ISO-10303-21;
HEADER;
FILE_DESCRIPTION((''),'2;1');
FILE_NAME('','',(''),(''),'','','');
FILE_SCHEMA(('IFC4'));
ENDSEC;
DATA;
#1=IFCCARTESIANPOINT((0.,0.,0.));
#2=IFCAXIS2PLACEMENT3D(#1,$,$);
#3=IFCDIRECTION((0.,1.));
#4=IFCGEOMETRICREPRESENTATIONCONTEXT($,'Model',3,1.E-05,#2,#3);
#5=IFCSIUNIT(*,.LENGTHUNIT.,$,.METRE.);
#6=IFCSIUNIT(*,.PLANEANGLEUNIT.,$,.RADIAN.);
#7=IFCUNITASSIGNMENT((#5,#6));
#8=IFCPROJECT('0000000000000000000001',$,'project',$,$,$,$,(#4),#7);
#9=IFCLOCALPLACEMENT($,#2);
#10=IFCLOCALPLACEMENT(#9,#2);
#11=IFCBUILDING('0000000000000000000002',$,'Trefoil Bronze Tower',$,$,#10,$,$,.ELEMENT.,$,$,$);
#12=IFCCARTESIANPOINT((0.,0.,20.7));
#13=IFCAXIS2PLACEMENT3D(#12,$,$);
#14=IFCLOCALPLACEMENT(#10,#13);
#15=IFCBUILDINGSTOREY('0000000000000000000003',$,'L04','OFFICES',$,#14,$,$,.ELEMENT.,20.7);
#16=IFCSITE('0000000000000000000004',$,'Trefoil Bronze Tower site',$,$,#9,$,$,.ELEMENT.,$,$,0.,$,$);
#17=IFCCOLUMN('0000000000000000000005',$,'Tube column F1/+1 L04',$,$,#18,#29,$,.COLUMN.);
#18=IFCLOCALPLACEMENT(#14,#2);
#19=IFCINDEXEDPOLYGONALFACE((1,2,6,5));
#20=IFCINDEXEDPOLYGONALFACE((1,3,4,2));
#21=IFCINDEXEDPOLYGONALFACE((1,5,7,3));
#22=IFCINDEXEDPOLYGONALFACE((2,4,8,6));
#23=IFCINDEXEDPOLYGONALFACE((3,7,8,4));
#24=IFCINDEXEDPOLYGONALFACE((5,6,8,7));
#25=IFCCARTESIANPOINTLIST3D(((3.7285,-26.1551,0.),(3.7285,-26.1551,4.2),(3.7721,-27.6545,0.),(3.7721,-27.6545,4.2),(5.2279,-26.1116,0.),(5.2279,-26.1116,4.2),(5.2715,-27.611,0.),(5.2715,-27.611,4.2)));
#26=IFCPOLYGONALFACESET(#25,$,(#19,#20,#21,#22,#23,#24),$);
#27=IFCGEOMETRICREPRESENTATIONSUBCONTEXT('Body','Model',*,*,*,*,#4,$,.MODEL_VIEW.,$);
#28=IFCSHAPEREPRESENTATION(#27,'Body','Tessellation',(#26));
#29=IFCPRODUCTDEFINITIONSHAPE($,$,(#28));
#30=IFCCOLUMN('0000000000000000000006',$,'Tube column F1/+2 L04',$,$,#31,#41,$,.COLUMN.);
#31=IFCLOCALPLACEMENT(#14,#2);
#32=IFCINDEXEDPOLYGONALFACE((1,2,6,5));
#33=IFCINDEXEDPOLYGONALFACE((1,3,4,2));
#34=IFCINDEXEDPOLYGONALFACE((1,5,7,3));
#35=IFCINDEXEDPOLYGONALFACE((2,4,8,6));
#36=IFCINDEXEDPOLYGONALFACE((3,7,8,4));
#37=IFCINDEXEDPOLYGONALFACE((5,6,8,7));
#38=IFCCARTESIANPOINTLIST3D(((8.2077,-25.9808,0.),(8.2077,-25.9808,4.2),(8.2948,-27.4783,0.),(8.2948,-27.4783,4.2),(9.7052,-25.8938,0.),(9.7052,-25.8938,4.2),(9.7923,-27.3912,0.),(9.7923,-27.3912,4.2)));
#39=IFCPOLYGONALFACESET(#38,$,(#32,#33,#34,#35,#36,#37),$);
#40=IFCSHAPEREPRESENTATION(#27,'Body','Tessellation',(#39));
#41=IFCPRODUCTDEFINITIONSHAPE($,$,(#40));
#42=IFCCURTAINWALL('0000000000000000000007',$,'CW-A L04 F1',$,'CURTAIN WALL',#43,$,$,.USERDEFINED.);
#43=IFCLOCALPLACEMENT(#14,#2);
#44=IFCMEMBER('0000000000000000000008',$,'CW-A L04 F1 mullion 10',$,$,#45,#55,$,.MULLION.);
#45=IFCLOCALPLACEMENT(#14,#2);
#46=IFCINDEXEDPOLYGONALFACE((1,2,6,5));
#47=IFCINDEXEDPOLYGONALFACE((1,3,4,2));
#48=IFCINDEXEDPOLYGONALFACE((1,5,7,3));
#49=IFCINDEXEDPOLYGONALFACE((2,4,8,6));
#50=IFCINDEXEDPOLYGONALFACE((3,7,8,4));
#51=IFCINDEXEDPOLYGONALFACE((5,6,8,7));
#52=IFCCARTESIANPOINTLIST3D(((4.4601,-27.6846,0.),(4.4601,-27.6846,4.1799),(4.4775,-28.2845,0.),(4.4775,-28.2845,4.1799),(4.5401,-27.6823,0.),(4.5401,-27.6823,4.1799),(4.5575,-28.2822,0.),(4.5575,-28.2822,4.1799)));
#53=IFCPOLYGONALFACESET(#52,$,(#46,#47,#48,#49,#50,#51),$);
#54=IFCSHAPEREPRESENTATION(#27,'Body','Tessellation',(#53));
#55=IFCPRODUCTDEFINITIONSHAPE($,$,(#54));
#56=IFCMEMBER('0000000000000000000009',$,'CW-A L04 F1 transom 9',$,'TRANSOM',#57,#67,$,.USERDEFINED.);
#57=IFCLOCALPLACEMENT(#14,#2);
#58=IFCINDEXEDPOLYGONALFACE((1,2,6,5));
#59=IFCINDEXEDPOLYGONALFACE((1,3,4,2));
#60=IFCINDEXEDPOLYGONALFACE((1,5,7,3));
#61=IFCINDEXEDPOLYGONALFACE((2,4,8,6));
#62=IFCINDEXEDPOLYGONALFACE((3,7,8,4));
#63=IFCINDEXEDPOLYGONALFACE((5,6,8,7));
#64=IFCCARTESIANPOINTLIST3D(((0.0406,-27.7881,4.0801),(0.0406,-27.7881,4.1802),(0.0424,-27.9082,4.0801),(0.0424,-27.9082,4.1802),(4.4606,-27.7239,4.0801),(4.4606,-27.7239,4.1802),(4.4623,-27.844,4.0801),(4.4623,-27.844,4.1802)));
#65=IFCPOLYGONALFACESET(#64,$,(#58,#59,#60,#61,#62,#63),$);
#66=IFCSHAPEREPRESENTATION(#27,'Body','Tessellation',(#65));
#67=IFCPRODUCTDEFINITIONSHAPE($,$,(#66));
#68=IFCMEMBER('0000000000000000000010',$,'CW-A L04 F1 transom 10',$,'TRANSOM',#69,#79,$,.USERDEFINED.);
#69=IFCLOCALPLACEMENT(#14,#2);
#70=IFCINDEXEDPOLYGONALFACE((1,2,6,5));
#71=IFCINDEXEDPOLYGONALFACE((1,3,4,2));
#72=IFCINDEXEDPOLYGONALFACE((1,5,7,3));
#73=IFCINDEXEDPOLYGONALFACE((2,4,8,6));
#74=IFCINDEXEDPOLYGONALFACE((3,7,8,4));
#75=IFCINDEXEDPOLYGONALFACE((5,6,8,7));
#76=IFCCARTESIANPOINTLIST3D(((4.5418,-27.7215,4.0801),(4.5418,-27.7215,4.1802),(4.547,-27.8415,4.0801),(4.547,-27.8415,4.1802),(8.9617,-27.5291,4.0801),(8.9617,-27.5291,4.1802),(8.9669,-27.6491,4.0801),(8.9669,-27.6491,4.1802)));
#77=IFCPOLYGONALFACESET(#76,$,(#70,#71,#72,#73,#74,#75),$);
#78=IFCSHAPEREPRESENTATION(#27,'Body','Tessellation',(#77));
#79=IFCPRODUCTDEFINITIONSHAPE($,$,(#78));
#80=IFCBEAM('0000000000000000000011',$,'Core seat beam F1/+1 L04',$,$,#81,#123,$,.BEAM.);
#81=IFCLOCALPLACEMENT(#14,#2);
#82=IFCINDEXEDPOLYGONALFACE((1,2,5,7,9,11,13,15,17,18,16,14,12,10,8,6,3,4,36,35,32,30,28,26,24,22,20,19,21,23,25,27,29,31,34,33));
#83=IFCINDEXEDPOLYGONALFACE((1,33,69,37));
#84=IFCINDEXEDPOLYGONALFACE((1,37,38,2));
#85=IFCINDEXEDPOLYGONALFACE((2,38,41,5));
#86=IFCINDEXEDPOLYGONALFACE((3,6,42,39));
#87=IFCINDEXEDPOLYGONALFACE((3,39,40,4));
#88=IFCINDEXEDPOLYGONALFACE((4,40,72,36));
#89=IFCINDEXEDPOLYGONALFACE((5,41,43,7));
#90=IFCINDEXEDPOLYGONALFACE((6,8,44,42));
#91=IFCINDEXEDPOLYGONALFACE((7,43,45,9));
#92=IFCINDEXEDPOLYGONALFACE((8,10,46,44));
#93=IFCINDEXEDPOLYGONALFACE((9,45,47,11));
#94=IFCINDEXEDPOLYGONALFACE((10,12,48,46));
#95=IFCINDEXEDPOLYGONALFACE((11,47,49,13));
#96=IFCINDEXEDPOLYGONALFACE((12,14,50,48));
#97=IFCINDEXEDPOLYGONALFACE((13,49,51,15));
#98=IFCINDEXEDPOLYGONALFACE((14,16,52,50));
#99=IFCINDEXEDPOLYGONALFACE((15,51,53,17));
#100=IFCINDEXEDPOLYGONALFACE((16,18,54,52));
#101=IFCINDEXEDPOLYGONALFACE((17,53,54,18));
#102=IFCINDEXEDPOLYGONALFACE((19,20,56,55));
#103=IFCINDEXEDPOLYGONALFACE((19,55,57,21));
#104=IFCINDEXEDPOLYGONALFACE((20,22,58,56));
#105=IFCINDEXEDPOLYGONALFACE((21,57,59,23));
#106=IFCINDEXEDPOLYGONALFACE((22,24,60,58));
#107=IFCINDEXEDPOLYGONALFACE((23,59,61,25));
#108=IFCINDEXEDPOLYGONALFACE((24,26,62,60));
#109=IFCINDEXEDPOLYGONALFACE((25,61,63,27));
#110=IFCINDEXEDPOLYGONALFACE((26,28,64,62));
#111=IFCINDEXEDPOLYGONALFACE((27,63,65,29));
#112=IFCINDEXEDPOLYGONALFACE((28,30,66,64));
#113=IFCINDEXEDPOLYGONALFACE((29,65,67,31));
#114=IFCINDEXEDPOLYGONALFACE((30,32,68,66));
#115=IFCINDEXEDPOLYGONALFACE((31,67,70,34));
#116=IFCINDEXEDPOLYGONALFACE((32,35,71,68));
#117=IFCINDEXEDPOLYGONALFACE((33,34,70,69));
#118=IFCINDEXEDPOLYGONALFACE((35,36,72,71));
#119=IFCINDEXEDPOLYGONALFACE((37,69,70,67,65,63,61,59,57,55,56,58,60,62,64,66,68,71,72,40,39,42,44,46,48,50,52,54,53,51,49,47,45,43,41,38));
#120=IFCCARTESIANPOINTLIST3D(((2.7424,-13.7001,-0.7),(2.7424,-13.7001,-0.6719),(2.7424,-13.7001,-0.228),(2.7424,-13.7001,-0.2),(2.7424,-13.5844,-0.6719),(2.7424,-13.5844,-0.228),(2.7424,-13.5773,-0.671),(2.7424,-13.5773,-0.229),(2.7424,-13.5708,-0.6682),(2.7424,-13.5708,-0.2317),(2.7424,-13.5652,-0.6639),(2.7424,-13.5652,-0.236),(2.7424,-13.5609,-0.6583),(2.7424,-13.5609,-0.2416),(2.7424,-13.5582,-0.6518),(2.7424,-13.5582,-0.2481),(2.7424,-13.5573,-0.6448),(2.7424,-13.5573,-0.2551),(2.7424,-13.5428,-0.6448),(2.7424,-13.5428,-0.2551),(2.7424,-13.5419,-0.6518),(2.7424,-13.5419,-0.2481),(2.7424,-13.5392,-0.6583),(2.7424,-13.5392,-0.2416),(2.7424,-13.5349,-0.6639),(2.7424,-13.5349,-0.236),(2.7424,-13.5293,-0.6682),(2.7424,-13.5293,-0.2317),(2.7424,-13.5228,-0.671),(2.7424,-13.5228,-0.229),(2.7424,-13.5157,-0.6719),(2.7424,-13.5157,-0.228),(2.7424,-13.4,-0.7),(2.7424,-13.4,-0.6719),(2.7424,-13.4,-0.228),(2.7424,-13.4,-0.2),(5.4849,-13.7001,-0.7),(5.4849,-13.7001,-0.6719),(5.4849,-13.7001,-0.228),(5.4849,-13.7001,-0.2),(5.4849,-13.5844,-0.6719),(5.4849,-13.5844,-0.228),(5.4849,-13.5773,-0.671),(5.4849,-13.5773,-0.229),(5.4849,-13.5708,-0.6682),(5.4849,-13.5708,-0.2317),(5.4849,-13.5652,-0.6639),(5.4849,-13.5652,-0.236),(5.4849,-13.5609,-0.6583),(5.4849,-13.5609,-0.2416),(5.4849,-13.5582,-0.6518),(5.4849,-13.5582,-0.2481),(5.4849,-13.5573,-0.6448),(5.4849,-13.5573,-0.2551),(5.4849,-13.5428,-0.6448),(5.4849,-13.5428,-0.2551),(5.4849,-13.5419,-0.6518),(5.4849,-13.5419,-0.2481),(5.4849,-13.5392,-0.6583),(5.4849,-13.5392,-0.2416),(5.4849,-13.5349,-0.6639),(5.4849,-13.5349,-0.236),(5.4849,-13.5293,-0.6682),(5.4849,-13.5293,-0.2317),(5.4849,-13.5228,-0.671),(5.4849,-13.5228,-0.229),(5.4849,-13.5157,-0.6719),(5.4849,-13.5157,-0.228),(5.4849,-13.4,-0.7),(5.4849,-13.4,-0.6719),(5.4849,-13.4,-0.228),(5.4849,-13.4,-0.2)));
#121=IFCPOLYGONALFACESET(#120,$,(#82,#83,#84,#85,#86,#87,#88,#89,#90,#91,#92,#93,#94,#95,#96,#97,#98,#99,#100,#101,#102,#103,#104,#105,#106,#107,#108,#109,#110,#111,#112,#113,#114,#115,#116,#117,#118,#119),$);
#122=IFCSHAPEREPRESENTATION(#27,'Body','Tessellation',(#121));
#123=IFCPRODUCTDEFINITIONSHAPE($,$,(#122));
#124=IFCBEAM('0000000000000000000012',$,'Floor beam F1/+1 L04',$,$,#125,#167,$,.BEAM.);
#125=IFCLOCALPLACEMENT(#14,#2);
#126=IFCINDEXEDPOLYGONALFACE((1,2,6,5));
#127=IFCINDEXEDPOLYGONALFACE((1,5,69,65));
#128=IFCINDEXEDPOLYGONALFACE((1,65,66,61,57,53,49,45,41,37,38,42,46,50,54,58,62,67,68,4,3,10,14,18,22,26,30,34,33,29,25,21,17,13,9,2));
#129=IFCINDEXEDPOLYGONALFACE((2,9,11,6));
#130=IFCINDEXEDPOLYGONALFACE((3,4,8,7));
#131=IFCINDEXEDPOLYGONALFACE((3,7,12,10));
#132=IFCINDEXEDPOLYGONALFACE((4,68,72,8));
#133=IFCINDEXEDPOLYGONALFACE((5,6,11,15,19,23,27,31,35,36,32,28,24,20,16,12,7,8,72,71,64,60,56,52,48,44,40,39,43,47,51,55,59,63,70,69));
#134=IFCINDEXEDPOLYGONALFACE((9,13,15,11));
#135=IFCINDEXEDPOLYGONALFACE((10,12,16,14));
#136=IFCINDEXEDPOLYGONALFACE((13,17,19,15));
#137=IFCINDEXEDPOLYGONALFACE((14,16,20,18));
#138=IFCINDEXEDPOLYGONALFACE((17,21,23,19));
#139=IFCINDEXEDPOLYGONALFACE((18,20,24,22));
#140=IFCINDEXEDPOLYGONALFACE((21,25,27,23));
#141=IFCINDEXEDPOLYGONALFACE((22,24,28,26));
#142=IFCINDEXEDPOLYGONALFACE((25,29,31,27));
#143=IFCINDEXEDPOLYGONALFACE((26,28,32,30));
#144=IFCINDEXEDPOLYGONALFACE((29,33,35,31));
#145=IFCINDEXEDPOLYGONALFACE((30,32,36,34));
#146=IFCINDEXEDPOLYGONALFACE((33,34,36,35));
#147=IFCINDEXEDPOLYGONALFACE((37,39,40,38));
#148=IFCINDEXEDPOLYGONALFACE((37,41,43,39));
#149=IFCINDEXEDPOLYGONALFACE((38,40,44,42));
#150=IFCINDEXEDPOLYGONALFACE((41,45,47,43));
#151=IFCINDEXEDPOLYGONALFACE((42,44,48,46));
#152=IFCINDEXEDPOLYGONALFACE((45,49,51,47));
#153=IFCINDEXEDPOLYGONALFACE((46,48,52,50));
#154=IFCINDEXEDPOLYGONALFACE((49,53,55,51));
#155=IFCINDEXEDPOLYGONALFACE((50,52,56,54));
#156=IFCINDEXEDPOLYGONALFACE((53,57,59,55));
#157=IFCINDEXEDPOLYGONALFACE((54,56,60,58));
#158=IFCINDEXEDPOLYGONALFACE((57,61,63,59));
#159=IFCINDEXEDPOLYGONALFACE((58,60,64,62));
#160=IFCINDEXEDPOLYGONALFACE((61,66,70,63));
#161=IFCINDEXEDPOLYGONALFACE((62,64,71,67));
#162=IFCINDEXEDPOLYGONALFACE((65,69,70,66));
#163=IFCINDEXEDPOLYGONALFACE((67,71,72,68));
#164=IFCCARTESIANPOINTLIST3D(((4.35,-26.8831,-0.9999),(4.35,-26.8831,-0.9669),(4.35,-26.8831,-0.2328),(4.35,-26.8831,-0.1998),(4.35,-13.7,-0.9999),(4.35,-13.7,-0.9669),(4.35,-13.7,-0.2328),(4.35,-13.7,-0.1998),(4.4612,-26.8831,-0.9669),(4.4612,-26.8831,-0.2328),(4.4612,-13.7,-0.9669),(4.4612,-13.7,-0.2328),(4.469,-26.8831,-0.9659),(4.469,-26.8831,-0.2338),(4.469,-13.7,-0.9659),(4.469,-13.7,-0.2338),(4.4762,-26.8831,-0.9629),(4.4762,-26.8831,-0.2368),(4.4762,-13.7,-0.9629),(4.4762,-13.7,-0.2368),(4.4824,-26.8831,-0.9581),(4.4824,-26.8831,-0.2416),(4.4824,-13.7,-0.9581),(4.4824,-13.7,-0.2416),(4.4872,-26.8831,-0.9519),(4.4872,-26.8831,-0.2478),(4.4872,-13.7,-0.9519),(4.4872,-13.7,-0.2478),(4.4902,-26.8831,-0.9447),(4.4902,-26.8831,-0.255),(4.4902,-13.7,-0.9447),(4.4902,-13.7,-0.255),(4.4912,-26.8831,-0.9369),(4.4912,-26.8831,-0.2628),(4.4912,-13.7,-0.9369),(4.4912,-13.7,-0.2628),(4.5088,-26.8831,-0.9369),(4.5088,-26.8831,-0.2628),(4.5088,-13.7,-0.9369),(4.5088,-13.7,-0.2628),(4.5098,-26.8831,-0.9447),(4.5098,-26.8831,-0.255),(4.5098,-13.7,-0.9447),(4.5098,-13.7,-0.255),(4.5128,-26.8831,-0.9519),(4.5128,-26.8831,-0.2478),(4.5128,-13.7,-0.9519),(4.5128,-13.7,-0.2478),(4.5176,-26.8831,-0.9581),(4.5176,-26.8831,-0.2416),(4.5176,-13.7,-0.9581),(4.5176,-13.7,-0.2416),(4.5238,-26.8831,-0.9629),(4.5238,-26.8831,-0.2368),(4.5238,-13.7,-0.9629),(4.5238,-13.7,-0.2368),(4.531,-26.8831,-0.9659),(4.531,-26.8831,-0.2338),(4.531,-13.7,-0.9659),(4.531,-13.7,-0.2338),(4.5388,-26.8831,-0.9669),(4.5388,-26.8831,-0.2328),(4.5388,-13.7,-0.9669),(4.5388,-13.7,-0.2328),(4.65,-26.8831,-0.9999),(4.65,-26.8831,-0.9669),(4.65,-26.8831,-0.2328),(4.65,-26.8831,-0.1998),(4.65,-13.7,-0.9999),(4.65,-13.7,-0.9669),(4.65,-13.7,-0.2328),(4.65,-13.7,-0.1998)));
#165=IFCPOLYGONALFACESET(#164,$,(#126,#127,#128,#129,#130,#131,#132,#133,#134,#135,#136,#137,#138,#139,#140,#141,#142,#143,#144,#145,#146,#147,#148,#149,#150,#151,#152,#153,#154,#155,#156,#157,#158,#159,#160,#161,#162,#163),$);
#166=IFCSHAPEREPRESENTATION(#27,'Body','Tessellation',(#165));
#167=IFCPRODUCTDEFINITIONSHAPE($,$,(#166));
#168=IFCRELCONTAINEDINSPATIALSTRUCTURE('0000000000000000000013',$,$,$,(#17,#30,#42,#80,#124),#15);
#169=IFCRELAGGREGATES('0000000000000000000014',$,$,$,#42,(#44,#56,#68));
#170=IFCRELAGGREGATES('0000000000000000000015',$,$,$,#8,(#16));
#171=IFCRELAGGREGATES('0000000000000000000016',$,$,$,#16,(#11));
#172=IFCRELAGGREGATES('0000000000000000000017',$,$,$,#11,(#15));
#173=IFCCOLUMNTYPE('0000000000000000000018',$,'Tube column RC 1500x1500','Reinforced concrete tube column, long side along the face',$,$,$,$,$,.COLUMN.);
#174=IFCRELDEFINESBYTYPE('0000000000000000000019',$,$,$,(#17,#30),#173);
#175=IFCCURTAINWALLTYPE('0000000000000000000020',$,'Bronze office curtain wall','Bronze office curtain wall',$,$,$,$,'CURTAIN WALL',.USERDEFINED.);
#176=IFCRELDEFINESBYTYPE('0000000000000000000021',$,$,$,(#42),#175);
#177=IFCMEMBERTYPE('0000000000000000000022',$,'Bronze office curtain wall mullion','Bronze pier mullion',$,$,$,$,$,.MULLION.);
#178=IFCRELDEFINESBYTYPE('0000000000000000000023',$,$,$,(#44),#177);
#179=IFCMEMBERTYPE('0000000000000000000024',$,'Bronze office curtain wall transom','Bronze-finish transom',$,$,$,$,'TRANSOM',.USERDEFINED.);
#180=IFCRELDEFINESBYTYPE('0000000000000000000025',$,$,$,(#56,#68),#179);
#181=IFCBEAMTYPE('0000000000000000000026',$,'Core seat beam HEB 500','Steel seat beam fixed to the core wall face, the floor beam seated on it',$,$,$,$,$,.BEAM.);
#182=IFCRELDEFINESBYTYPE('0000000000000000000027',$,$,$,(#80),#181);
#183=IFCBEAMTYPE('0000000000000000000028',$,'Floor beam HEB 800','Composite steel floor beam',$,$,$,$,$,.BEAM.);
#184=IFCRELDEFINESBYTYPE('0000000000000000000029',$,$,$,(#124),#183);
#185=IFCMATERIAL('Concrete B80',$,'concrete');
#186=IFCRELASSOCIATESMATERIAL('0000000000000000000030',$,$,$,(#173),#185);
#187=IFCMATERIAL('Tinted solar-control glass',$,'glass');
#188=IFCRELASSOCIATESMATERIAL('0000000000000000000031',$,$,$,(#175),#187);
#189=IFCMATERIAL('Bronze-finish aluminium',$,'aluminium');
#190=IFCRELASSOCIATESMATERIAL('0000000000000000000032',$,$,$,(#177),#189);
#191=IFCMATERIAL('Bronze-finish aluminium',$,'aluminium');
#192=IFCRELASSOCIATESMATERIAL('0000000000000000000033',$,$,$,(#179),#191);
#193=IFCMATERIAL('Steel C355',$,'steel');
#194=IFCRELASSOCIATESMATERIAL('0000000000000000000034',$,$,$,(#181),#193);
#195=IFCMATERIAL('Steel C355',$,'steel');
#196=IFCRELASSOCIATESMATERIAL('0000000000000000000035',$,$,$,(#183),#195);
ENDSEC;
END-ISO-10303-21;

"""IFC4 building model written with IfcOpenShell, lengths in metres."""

from ifc_helpers import new_model, si_unit, direction, frame, origin, origin_2d, place, context, subcontext, project, spatial, rectangle, i_section, extrude, material, material_profile, profile_set, type_object, element, aggregate, save


model = new_model("IFC4")

# Units and contexts
model_context = context("Model", 3, precision=1e-05, world=origin(), true_north=direction((0.0, 1.0)))
body_context = subcontext(model_context, "Body", "Model", "MODEL_VIEW")
ifc_project = project(units=[si_unit("LENGTHUNIT", "METRE"), si_unit("PLANEANGLEUNIT", "RADIAN")], contexts=[model_context])

# Site, building, storey
site_placement = place(None, origin())
site = spatial("IfcSite", under=ifc_project, at=site_placement, Name="Trefoil Bronze Tower site", CompositionType="ELEMENT", RefElevation=0.0)
building_placement = place(site_placement, origin())
building = spatial("IfcBuilding", under=site, at=building_placement, Name="Trefoil Bronze Tower", CompositionType="ELEMENT")
storey_placement = place(building_placement, frame((0.0, 0.0, 20.7)))
storey = spatial("IfcBuildingStorey", under=building, at=storey_placement, Name="L04", Description="OFFICES", CompositionType="ELEMENT", Elevation=20.7)

# Columns
ifc_material_1 = material(Name="Concrete B80", Category="concrete")
ifc_material_profile_1 = material_profile(ifc_material_1, rectangle(XDim=1.5, YDim=1.5, at=origin_2d()), Name="RC 1500x1500")
ifc_profile_set_1 = profile_set([ifc_material_profile_1], Name="Concrete B80")
column_type = type_object("IfcColumnType", Name="Tube column RC 1500x1500", Description="Reinforced concrete tube column, long side along the face", PredefinedType="COLUMN", material=ifc_profile_set_1)
for number, where, z_axis, x_axis, name in (
    (1, (4.5, -26.8831, 0.0), (0.0, 0.0, 1.0), (0.999579, 0.029022, 0.0), "Tube column F1/+1 L04"),
    (2, (9.0, -26.686, 0.0), (0.0, 0.0, 1.0), (0.998314, 0.058043, 0.0), "Tube column F1/+2 L04"),
):
    element("IfcColumn", number, at=place(storey_placement, frame(where, z_axis=z_axis, x_axis=x_axis)), inside=storey, type_object=column_type, Name=name, PredefinedType="COLUMN", context=body_context, shape_type="SweptSolid", body=[
        extrude(rectangle(XDim=1.5, YDim=1.5, at=origin_2d()), origin(), (0.0, 0.0, 1.0), 4.2),
    ])

# Curtain wall, members
ifc_material_2 = material(Name="Tinted solar-control glass", Category="glass")
curtain_wall_type = type_object("IfcCurtainWallType", Name="Bronze office curtain wall", Description="Bronze office curtain wall", ElementType="CURTAIN WALL", PredefinedType="USERDEFINED", material=ifc_material_2)
curtain_wall_placement = place(storey_placement, origin())
curtain_wall = element("IfcCurtainWall", 3, at=curtain_wall_placement, inside=storey, type_object=curtain_wall_type, Name="CW-A L04 F1", ObjectType="CURTAIN WALL", PredefinedType="USERDEFINED")
ifc_material_3 = material(Name="Bronze-finish aluminium", Category="aluminium")
ifc_material_profile_2 = material_profile(ifc_material_3, rectangle(XDim=0.6001, YDim=0.0801, at=origin_2d()), Name="CW-A mullion")
ifc_profile_set_2 = profile_set([ifc_material_profile_2], Name="Bronze-finish aluminium")
member_type_1 = type_object("IfcMemberType", Name="Bronze office curtain wall mullion", Description="Bronze pier mullion", PredefinedType="MULLION", material=ifc_profile_set_2)
member_1_placement = place(storey_placement, frame((4.5088, -27.9834, 0.0), z_axis=(0.0, 0.0, 1.0), x_axis=(-0.029022, 0.999579, 0.0)))
member_1 = element("IfcMember", 4, at=member_1_placement, type_object=member_type_1, Name="CW-A L04 F1 mullion 10", PredefinedType="MULLION", context=body_context, shape_type="SweptSolid", body=[
    extrude(rectangle(XDim=0.6001, YDim=0.0801, at=origin_2d()), origin(), (0.0, 0.0, 1.0), 4.1799),
])
ifc_material_4 = material(Name="Bronze-finish aluminium", Category="aluminium")
ifc_material_profile_3 = material_profile(ifc_material_4, rectangle(XDim=0.1201, YDim=0.1001, at=origin_2d()), Name="CW-A transom")
ifc_profile_set_3 = profile_set([ifc_material_profile_3], Name="Bronze-finish aluminium")
member_type_2 = type_object("IfcMemberType", Name="Bronze office curtain wall transom", Description="Bronze-finish transom", ElementType="TRANSOM", PredefinedType="USERDEFINED", material=ifc_profile_set_3)
member_2_placement = place(storey_placement, frame((0.0415, -27.8481, 4.1301), z_axis=(0.999894, 0.014526, 0.0), x_axis=(-0.014526, 0.999894, 0.0)))
member_2 = element("IfcMember", 5, at=member_2_placement, type_object=member_type_2, Name="CW-A L04 F1 transom 9", ObjectType="TRANSOM", PredefinedType="USERDEFINED", context=body_context, shape_type="SweptSolid", body=[
    extrude(rectangle(XDim=0.1201, YDim=0.1001, at=origin_2d()), origin(), (0.0, 0.0, 1.0), 4.4204),
])
member_3_placement = place(storey_placement, frame((4.5444, -27.7815, 4.1301), z_axis=(0.999054, 0.043485, 0.0), x_axis=(-0.043485, 0.999054, 0.0)))
member_3 = element("IfcMember", 6, at=member_3_placement, type_object=member_type_2, Name="CW-A L04 F1 transom 10", ObjectType="TRANSOM", PredefinedType="USERDEFINED", context=body_context, shape_type="SweptSolid", body=[
    extrude(rectangle(XDim=0.1201, YDim=0.1001, at=origin_2d()), origin(), (0.0, 0.0, 1.0), 4.4241),
])

# Beams
ifc_material_5 = material(Name="Steel C355", Category="steel")
ifc_material_profile_4 = material_profile(ifc_material_5, i_section(OverallWidth=0.3, OverallDepth=0.5, WebThickness=0.0144, FlangeThickness=0.0281, FilletRadius=0.0271, at=origin_2d()), Name="HEB 500")
ifc_profile_set_4 = profile_set([ifc_material_profile_4], Name="Steel C355")
beam_type_1 = type_object("IfcBeamType", Name="Core seat beam HEB 500", Description="Steel seat beam fixed to the core wall face, the floor beam seated on it", PredefinedType="BEAM", material=ifc_profile_set_4)
beam_1_placement = place(storey_placement, frame((2.7424, -13.55, -0.45), z_axis=(1.0, 0.0, 0.0), x_axis=(0.0, 1.0, 0.0)))
element("IfcBeam", 7, at=beam_1_placement, inside=storey, type_object=beam_type_1, Name="Core seat beam F1/+1 L04", PredefinedType="BEAM", context=body_context, shape_type="SweptSolid", body=[
    extrude(i_section(OverallWidth=0.3, OverallDepth=0.5, WebThickness=0.0144, FlangeThickness=0.0281, FilletRadius=0.0271, at=origin_2d()), origin(), (0.0, 0.0, 1.0), 2.7424),
])
ifc_material_6 = material(Name="Steel C355", Category="steel")
ifc_material_profile_5 = material_profile(ifc_material_6, i_section(OverallWidth=0.3, OverallDepth=0.8, WebThickness=0.0176, FlangeThickness=0.033, FilletRadius=0.03, at=origin_2d()), Name="HEB 800")
ifc_profile_set_5 = profile_set([ifc_material_profile_5], Name="Steel C355")
beam_type_2 = type_object("IfcBeamType", Name="Floor beam HEB 800", Description="Composite steel floor beam", PredefinedType="BEAM", material=ifc_profile_set_5)
beam_2_placement = place(storey_placement, frame((4.5, -26.8831, -0.5999), z_axis=(0.0, 1.0, 0.0), x_axis=(-1.0, 0.0, 0.0)))
element("IfcBeam", 8, at=beam_2_placement, inside=storey, type_object=beam_type_2, Name="Floor beam F1/+1 L04", PredefinedType="BEAM", context=body_context, shape_type="SweptSolid", body=[
    extrude(i_section(OverallWidth=0.3, OverallDepth=0.8, WebThickness=0.0176, FlangeThickness=0.033, FilletRadius=0.03, at=origin_2d()), origin(), (0.0, 0.0, 1.0), 13.1831),
])

aggregate(curtain_wall, [member_1, member_2, member_3])

save(model, "model.ifc")
